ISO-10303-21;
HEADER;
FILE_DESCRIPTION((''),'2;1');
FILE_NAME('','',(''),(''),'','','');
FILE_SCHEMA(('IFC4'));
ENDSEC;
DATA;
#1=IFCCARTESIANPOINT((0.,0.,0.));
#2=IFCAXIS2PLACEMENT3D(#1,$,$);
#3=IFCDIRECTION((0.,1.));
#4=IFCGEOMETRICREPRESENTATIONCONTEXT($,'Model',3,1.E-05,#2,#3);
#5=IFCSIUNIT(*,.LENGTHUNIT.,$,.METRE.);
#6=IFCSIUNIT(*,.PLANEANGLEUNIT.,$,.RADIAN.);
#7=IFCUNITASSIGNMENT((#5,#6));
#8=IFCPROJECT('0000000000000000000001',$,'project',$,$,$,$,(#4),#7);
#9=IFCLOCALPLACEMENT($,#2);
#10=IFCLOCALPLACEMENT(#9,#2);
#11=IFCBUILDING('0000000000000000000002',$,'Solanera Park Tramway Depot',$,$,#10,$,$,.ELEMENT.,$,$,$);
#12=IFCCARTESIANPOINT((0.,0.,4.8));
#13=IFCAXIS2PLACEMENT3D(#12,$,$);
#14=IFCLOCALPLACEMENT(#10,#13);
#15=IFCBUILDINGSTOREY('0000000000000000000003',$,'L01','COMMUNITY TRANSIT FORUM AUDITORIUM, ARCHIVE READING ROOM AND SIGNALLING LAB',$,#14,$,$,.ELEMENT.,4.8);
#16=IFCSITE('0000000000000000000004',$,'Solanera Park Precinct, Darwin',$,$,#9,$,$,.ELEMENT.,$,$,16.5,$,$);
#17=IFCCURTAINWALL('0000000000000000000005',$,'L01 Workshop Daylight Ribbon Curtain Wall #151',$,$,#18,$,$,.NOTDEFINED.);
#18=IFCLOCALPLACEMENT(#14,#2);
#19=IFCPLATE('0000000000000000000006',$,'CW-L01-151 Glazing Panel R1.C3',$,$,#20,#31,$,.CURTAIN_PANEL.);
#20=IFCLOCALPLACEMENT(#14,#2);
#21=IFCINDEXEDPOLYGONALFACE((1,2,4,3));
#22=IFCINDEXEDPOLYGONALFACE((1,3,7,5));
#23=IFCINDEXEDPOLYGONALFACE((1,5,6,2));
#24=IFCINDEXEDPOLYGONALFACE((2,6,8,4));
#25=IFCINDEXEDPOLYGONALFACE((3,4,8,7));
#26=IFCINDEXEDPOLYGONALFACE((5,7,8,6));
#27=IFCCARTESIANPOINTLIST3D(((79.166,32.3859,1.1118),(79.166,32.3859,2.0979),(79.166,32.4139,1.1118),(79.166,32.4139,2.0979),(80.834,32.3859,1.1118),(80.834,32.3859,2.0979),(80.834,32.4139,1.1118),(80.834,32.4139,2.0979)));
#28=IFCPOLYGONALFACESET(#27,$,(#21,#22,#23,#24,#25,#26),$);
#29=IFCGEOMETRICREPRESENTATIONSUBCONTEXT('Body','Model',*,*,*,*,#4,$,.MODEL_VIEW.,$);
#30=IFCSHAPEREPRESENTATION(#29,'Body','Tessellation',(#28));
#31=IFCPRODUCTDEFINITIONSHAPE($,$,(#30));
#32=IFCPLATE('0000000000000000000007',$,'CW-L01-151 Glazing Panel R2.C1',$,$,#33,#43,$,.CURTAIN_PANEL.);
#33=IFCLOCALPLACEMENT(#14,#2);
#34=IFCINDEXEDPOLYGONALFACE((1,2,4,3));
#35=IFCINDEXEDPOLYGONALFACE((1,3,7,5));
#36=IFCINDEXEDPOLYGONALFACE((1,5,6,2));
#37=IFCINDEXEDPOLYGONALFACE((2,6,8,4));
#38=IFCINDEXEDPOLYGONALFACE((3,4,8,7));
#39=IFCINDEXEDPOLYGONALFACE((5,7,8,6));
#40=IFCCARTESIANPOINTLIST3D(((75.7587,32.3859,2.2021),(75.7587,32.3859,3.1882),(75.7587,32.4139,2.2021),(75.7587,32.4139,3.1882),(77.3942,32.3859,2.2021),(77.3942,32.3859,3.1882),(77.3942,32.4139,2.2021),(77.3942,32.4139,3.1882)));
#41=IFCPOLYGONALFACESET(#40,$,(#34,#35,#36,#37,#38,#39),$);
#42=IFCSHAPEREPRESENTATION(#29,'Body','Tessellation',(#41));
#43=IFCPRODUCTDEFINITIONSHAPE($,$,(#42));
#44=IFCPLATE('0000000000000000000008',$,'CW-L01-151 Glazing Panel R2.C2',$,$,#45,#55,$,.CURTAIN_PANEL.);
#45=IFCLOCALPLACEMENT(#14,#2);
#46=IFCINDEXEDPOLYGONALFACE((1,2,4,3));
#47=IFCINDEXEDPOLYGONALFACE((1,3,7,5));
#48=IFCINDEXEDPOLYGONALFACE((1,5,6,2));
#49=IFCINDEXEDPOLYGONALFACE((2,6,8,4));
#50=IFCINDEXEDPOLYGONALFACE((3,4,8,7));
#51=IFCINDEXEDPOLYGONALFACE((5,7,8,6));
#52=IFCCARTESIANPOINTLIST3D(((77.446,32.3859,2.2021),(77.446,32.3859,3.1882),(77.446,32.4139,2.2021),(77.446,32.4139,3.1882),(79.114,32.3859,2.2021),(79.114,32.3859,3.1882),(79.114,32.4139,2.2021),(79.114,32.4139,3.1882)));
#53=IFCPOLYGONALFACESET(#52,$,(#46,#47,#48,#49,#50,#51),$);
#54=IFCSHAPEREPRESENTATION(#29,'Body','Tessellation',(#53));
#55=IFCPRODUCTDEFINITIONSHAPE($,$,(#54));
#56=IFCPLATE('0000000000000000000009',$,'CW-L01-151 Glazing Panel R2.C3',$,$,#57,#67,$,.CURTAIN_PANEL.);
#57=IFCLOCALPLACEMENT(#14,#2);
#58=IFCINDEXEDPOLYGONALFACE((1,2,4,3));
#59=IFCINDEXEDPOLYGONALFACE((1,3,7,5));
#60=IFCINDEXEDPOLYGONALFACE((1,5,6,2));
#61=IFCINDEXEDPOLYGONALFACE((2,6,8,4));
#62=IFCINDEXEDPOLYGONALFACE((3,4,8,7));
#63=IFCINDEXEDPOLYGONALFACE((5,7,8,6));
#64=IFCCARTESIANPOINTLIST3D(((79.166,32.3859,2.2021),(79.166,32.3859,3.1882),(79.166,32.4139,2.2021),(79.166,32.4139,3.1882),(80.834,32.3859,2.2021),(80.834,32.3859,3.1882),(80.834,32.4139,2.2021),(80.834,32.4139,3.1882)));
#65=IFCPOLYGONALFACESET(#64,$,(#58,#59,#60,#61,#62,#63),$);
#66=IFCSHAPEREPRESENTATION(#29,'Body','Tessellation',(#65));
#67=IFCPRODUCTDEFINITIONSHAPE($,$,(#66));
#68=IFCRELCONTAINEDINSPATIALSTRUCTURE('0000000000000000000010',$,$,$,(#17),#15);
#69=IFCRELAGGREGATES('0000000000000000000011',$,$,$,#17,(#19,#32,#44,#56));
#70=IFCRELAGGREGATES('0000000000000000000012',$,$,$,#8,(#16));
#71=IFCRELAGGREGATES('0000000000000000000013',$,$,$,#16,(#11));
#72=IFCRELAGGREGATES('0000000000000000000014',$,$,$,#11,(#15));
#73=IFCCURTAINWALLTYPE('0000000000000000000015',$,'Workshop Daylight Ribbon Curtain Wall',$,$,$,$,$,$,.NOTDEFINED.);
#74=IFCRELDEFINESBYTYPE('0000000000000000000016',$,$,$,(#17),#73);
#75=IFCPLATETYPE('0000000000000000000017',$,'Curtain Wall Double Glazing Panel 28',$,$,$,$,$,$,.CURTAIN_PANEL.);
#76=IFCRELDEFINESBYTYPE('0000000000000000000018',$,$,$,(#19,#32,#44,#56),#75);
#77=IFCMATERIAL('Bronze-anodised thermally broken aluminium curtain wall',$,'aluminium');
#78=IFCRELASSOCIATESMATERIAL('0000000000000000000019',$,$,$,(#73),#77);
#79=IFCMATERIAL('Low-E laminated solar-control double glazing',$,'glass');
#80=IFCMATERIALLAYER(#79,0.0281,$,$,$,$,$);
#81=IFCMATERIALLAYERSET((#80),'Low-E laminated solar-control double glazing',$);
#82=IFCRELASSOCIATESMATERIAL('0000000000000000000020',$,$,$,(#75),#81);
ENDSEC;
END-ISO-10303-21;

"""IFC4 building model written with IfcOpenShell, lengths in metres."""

from ifc_helpers import new_model, si_unit, direction, frame, origin, origin_2d, place, context, subcontext, project, spatial, rectangle, extrude, material, layer, layer_set, type_object, element, aggregate, save


model = new_model("IFC4")

# Units and contexts
model_context = context("Model", 3, precision=1e-05, world=origin(), true_north=direction((0.0, 1.0)))
body_context = subcontext(model_context, "Body", "Model", "MODEL_VIEW")
ifc_project = project(units=[si_unit("LENGTHUNIT", "METRE"), si_unit("PLANEANGLEUNIT", "RADIAN")], contexts=[model_context])

# Site, building, storey
site_placement = place(None, origin())
site = spatial("IfcSite", under=ifc_project, at=site_placement, Name="Solanera Park Precinct, Darwin", CompositionType="ELEMENT", RefElevation=16.5)
building_placement = place(site_placement, origin())
building = spatial("IfcBuilding", under=site, at=building_placement, Name="Solanera Park Tramway Depot", CompositionType="ELEMENT")
storey_placement = place(building_placement, frame((0.0, 0.0, 4.8)))
storey = spatial("IfcBuildingStorey", under=building, at=storey_placement, Name="L01", Description="COMMUNITY TRANSIT FORUM AUDITORIUM, ARCHIVE READING ROOM AND SIGNALLING LAB", CompositionType="ELEMENT", Elevation=4.8)

# Curtain wall
ifc_material_1 = material(Name="Bronze-anodised thermally broken aluminium curtain wall", Category="aluminium")
curtain_wall_type = type_object("IfcCurtainWallType", Name="Workshop Daylight Ribbon Curtain Wall", PredefinedType="NOTDEFINED", material=ifc_material_1)
curtain_wall_1_placement = place(storey_placement, origin())
curtain_wall_1 = element("IfcCurtainWall", 1, at=curtain_wall_1_placement, inside=storey, type_object=curtain_wall_type, Name="L01 Workshop Daylight Ribbon Curtain Wall #151", PredefinedType="NOTDEFINED")

# Plates
ifc_material_2 = material(Name="Low-E laminated solar-control double glazing", Category="glass")
ifc_layer = layer(ifc_material_2, 0.0281)
ifc_layer_set = layer_set([ifc_layer], Name="Low-E laminated solar-control double glazing")
plate_type = type_object("IfcPlateType", Name="Curtain Wall Double Glazing Panel 28", PredefinedType="CURTAIN_PANEL", material=ifc_layer_set)
plate_1_placement = place(storey_placement, frame((80.0, 32.3999, 1.1118), z_axis=(0.0, 0.0, 1.0), x_axis=(1.0, 0.0, 0.0)))
plate_1 = element("IfcPlate", 2, at=plate_1_placement, type_object=plate_type, Name="CW-L01-151 Glazing Panel R1.C3", PredefinedType="CURTAIN_PANEL", context=body_context, shape_type="SweptSolid", body=[
    extrude(rectangle(XDim=1.668, YDim=0.0281, at=origin_2d()), origin(), (0.0, 0.0, 1.0), 0.9861),
])
plate_2_placement = place(storey_placement, frame((76.5764, 32.3999, 2.2021), z_axis=(0.0, 0.0, 1.0), x_axis=(1.0, 0.0, 0.0)))
plate_2 = element("IfcPlate", 3, at=plate_2_placement, type_object=plate_type, Name="CW-L01-151 Glazing Panel R2.C1", PredefinedType="CURTAIN_PANEL", context=body_context, shape_type="SweptSolid", body=[
    extrude(rectangle(XDim=1.6355, YDim=0.0281, at=origin_2d()), origin(), (0.0, 0.0, 1.0), 0.9861),
])
plate_3_placement = place(storey_placement, frame((78.28, 32.3999, 2.2021), z_axis=(0.0, 0.0, 1.0), x_axis=(1.0, 0.0, 0.0)))
plate_3 = element("IfcPlate", 4, at=plate_3_placement, type_object=plate_type, Name="CW-L01-151 Glazing Panel R2.C2", PredefinedType="CURTAIN_PANEL", context=body_context, shape_type="SweptSolid", body=[
    extrude(rectangle(XDim=1.668, YDim=0.0281, at=origin_2d()), origin(), (0.0, 0.0, 1.0), 0.9861),
])
plate_4_placement = place(storey_placement, frame((80.0, 32.3999, 2.2021), z_axis=(0.0, 0.0, 1.0), x_axis=(1.0, 0.0, 0.0)))
plate_4 = element("IfcPlate", 5, at=plate_4_placement, type_object=plate_type, Name="CW-L01-151 Glazing Panel R2.C3", PredefinedType="CURTAIN_PANEL", context=body_context, shape_type="SweptSolid", body=[
    extrude(rectangle(XDim=1.668, YDim=0.0281, at=origin_2d()), origin(), (0.0, 0.0, 1.0), 0.9861),
])
aggregate(curtain_wall_1, [plate_1, plate_2, plate_3, plate_4])

save(model, "model.ifc")
